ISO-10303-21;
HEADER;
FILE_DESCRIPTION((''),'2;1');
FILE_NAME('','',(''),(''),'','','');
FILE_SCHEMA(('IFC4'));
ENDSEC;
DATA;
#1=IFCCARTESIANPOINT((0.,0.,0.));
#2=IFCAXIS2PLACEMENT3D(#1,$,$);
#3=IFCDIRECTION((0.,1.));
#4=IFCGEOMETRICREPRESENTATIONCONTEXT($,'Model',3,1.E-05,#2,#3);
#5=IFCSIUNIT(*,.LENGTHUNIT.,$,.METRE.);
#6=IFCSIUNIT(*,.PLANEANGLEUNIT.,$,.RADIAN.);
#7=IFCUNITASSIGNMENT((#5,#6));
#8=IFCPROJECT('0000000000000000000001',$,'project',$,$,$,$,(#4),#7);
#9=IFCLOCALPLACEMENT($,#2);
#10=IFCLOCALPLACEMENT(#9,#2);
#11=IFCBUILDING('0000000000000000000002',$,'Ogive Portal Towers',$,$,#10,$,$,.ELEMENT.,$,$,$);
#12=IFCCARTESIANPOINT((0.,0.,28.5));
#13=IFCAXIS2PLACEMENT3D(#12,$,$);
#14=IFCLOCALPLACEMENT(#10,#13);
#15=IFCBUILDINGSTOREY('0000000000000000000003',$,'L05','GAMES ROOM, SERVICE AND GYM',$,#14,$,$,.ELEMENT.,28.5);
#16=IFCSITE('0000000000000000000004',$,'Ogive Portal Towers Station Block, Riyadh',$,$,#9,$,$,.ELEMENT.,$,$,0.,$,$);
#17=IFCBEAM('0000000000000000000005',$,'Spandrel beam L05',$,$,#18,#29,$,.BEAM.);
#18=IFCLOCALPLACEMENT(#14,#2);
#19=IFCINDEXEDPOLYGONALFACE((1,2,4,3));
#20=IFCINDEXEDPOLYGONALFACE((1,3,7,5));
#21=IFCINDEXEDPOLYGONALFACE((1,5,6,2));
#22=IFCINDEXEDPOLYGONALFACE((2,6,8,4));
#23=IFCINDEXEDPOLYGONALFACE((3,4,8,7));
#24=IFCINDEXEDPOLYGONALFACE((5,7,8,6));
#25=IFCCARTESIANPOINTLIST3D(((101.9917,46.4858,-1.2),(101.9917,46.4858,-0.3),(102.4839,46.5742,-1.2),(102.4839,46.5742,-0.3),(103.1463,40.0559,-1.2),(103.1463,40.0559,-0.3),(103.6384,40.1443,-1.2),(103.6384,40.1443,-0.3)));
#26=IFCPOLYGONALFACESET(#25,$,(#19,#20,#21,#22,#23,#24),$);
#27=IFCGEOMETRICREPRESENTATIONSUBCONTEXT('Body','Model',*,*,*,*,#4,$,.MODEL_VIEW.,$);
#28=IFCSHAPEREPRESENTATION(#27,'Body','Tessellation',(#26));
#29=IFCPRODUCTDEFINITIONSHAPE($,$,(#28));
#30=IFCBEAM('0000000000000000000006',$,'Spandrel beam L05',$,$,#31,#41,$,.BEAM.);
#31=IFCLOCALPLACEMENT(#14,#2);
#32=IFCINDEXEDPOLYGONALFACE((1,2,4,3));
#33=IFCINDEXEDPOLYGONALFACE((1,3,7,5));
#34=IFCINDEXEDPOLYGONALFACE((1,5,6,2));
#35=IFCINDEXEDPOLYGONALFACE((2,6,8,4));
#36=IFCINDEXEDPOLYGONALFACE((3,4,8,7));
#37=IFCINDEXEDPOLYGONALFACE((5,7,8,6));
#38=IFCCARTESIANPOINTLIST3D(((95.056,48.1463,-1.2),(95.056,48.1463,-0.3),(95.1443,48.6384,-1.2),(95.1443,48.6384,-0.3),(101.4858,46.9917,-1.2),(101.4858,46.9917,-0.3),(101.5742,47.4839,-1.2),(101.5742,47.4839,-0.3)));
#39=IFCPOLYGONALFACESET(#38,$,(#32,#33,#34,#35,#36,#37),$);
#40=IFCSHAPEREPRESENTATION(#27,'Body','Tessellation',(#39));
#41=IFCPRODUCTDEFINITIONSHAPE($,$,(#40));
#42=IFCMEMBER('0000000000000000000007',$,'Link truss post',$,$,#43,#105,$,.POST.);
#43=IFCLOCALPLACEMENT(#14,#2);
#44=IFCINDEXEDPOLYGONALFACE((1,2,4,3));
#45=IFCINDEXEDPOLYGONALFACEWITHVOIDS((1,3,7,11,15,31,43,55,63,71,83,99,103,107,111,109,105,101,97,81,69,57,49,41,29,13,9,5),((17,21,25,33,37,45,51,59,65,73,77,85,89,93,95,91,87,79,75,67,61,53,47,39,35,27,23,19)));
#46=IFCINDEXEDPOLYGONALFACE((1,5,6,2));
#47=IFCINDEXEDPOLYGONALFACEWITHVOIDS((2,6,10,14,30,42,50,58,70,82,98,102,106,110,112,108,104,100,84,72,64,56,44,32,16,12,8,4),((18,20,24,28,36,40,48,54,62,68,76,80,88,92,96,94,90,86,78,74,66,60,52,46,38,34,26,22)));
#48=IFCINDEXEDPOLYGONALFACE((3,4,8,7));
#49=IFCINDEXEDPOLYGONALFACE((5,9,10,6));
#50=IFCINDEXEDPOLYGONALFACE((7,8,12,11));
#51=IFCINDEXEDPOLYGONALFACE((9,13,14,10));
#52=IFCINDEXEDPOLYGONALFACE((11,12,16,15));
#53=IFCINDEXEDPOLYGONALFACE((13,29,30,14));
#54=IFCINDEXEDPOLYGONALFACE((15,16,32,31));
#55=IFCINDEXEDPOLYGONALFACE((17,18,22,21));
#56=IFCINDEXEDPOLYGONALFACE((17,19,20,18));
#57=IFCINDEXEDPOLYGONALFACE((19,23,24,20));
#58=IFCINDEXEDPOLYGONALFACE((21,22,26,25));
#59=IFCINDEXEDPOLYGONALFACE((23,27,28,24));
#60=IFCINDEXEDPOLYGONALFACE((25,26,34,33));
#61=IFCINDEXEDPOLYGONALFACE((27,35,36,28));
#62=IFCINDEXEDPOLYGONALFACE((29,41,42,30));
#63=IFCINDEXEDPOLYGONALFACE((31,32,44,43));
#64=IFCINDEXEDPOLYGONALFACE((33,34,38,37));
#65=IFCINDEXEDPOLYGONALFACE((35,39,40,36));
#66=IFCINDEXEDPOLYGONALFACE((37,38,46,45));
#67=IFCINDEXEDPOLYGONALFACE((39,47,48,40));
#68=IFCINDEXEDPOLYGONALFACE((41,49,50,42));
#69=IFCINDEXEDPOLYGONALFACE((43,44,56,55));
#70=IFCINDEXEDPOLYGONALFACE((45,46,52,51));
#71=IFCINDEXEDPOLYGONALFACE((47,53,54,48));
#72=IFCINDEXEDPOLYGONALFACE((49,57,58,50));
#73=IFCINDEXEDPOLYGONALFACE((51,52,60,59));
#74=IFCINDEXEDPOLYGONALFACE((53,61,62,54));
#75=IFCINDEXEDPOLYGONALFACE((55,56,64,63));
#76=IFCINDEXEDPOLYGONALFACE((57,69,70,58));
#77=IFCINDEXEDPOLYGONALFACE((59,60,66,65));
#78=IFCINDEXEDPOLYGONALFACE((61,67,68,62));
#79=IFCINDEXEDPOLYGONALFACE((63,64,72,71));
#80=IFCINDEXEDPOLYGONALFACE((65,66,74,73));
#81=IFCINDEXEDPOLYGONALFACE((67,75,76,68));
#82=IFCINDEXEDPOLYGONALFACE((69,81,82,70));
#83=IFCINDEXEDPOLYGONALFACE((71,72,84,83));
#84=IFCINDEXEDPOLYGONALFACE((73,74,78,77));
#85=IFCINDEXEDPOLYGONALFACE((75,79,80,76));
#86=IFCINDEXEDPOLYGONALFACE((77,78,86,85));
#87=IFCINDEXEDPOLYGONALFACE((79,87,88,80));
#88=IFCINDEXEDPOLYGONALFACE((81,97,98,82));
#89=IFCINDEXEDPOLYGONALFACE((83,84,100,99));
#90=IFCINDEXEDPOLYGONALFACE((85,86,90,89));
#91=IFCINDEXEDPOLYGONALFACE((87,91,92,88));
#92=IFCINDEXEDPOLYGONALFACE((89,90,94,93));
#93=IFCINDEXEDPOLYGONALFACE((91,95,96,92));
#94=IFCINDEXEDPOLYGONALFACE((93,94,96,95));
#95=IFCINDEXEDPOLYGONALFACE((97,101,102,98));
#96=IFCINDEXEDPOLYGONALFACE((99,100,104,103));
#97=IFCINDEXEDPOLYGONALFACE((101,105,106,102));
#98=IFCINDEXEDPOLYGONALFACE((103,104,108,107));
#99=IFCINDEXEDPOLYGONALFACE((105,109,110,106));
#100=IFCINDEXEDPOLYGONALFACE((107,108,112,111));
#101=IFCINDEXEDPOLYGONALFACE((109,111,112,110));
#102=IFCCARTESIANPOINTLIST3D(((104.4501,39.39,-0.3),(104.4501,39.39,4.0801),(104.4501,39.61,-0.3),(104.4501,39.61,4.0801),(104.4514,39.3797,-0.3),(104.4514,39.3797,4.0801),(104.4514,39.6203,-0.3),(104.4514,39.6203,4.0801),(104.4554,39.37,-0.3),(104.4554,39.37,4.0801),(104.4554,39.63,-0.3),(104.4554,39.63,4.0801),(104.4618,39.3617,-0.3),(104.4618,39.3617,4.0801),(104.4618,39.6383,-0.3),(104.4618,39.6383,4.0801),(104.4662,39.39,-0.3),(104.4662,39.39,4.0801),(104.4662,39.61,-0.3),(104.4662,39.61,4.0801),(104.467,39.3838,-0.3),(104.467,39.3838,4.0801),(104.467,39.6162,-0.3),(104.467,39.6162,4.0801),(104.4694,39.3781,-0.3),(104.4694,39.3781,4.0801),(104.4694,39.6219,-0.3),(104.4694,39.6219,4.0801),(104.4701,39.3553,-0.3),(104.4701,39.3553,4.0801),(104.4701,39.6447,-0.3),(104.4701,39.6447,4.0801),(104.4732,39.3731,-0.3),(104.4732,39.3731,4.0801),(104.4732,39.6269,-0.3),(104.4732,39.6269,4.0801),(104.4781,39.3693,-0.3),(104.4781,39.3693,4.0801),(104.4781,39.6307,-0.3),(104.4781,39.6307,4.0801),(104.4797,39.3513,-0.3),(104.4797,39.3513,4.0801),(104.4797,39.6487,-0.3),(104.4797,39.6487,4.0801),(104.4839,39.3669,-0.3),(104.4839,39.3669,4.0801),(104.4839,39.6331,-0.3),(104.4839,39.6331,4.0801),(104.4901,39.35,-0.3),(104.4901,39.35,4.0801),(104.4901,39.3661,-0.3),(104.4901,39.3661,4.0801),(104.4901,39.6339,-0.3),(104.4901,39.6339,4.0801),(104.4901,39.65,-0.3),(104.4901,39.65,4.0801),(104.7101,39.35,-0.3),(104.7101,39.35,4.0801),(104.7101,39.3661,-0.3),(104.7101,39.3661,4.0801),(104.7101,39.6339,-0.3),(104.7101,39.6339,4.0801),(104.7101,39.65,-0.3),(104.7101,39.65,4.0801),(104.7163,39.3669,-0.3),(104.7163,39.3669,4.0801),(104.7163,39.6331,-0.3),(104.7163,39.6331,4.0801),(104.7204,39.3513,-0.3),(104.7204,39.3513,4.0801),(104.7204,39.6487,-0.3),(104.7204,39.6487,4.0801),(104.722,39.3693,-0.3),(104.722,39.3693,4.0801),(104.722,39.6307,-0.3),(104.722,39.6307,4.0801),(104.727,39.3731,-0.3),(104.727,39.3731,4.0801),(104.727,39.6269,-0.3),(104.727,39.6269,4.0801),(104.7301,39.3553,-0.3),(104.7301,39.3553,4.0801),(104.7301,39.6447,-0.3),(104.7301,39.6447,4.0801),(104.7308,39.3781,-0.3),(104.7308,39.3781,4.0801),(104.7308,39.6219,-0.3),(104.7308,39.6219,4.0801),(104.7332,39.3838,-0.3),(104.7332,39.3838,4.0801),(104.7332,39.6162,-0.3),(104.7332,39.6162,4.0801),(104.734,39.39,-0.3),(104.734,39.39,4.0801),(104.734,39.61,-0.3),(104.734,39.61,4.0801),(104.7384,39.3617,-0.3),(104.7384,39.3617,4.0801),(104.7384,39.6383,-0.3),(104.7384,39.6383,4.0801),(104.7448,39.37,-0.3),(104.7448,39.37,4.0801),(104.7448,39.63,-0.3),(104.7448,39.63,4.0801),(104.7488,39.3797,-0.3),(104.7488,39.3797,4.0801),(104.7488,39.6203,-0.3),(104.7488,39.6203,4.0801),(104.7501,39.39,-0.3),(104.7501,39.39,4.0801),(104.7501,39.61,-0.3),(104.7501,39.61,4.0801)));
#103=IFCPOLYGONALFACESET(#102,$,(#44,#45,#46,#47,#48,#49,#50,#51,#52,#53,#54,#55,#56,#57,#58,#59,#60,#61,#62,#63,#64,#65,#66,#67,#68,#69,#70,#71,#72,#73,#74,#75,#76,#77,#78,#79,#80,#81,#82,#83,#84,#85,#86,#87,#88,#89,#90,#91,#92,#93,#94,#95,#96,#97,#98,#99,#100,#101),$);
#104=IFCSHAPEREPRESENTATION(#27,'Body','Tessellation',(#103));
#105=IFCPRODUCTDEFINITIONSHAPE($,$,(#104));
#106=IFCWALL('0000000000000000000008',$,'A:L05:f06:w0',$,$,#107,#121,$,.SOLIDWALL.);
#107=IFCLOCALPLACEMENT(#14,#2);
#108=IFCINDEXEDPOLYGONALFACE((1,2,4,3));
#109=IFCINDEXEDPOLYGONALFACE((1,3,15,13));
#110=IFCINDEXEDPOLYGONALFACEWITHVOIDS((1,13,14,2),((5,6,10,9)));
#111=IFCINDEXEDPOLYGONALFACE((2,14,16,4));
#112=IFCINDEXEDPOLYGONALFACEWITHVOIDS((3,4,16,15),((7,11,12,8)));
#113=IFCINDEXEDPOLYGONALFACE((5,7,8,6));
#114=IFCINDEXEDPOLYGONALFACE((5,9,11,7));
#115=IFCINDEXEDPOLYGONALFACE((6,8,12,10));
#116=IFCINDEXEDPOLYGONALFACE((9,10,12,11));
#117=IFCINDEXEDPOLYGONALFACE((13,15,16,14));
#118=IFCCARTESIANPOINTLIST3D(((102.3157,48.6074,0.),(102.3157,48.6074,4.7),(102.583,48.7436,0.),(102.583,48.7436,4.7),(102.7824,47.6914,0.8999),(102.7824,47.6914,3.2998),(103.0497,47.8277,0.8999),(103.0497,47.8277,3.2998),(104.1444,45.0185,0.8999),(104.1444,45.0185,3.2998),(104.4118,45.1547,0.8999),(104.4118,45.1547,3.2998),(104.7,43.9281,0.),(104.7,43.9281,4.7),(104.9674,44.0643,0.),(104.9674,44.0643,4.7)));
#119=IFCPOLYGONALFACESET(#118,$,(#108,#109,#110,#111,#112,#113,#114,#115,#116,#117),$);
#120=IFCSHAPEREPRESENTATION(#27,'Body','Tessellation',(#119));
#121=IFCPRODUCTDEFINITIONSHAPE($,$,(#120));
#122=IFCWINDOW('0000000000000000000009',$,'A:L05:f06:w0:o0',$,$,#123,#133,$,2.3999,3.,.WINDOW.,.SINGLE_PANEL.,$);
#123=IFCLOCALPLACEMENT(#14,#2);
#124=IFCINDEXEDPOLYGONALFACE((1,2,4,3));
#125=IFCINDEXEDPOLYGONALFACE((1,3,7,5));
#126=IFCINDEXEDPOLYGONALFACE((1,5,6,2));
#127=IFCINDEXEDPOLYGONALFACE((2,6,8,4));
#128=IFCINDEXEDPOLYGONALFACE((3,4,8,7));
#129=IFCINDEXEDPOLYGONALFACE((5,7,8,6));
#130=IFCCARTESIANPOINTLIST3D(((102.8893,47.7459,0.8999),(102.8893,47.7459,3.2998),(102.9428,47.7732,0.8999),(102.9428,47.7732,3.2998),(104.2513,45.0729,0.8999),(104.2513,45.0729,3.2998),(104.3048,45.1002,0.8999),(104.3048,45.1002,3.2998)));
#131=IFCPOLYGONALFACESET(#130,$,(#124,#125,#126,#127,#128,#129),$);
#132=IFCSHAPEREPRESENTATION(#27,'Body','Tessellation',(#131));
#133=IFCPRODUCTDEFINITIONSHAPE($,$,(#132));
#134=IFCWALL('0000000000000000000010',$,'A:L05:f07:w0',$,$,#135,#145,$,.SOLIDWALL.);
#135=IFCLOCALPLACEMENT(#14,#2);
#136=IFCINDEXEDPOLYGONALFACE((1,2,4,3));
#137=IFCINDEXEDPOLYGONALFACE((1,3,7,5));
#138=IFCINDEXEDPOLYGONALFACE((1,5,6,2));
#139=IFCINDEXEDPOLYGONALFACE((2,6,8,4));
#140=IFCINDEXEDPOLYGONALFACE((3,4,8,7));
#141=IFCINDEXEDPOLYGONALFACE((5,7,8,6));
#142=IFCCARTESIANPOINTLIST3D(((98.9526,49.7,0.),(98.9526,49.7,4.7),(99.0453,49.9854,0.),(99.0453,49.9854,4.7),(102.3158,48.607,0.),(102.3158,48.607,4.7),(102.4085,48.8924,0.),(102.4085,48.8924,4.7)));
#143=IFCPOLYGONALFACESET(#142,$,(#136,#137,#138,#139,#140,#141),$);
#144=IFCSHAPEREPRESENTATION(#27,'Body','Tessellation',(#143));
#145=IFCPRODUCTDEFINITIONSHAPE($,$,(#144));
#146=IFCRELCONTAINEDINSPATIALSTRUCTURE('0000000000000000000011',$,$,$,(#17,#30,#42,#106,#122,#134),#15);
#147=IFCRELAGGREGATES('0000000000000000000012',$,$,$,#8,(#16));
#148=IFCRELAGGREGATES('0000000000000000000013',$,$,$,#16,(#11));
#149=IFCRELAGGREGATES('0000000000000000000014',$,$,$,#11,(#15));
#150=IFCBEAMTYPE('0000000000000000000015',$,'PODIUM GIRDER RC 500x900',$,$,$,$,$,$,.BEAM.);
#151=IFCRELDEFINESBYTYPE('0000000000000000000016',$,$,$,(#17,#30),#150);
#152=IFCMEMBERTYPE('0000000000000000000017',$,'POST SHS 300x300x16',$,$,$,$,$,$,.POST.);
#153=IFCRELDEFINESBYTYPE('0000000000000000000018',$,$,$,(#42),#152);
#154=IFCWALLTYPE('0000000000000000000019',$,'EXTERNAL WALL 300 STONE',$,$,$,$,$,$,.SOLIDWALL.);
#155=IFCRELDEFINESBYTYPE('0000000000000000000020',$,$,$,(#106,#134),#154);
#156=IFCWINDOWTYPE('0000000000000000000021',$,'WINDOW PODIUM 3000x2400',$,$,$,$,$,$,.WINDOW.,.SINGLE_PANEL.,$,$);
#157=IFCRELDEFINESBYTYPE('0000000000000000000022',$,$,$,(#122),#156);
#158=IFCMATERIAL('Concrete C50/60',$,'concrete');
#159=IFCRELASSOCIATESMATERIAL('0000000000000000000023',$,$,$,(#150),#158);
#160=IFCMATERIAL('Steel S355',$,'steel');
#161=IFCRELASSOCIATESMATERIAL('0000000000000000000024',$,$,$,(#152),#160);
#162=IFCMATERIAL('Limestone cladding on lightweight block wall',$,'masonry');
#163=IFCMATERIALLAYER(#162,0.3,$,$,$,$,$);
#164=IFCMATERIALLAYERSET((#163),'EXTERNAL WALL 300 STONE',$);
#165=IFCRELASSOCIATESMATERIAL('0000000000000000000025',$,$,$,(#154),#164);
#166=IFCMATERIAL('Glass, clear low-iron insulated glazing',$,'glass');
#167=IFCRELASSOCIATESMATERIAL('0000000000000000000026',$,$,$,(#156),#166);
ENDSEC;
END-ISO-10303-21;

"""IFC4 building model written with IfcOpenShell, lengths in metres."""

from ifc_helpers import new_model, si_unit, direction, frame, frame_2d, origin, origin_2d, place, context, subcontext, project, spatial, rectangle, hollow_rectangle, extrude, material, layer, layer_set, material_profile, profile_set, type_object, element, fill, save


model = new_model("IFC4")

# Units and contexts
model_context = context("Model", 3, precision=1e-05, world=origin(), true_north=direction((0.0, 1.0)))
body_context = subcontext(model_context, "Body", "Model", "MODEL_VIEW")
ifc_project = project(units=[si_unit("LENGTHUNIT", "METRE"), si_unit("PLANEANGLEUNIT", "RADIAN")], contexts=[model_context])

# Site, building, storey
site_placement = place(None, origin())
site = spatial("IfcSite", under=ifc_project, at=site_placement, Name="Ogive Portal Towers Station Block, Riyadh", CompositionType="ELEMENT", RefElevation=0.0)
building_placement = place(site_placement, origin())
building = spatial("IfcBuilding", under=site, at=building_placement, Name="Ogive Portal Towers", CompositionType="ELEMENT")
storey_placement = place(building_placement, frame((0.0, 0.0, 28.5)))
storey = spatial("IfcBuildingStorey", under=building, at=storey_placement, Name="L05", Description="GAMES ROOM, SERVICE AND GYM", CompositionType="ELEMENT", Elevation=28.5)

# Shared definitions
ifc_material_1 = material(Name="Concrete C50/60", Category="concrete")

# Shared definitions
ifc_material_2 = material(Name="Steel S355", Category="steel")

# Beams
ifc_material_profile_1 = material_profile(ifc_material_1, rectangle(XDim=0.5, YDim=0.8999, at=origin_2d()), Name="RC 500x900")
ifc_profile_set_1 = profile_set([ifc_material_profile_1], Name="Concrete C50/60")
beam_type = type_object("IfcBeamType", Name="PODIUM GIRDER RC 500x900", PredefinedType="BEAM", material=ifc_profile_set_1)
for number, where, z_axis, x_axis, name in (
    (1, (103.3923, 40.1001, -0.75), (-0.176731, 0.984259, 0.0), (-0.984259, -0.176731, 0.0), "Spandrel beam L05"),
    (2, (101.53, 47.2378, -0.75), (-0.984259, 0.176731, 0.0), (-0.176731, -0.984259, 0.0), "Spandrel beam L05"),
):
    element("IfcBeam", number, at=place(storey_placement, frame(where, z_axis=z_axis, x_axis=x_axis)), inside=storey, type_object=beam_type, Name=name, PredefinedType="BEAM", context=body_context, shape_type="SweptSolid", body=[
        extrude(rectangle(XDim=0.5, YDim=0.8999, at=origin_2d()), origin(), (0.0, 0.0, 1.0), 6.5327),
    ])

# Member
ifc_material_profile_2 = material_profile(ifc_material_2, hollow_rectangle(XDim=0.3, YDim=0.3, WallThickness=0.0161, InnerFilletRadius=0.0239, OuterFilletRadius=0.04, at=origin_2d()), Name="SHS 300x300x16")
ifc_profile_set_2 = profile_set([ifc_material_profile_2], Name="Steel S355")
member_type_1 = type_object("IfcMemberType", Name="POST SHS 300x300x16", PredefinedType="POST", material=ifc_profile_set_2)
member_1_placement = place(storey_placement, frame((104.6001, 39.5, -0.3), z_axis=(0.0, 0.0, 1.0), x_axis=(1.0, 0.0, 0.0)))
element("IfcMember", 3, at=member_1_placement, inside=storey, type_object=member_type_1, Name="Link truss post", PredefinedType="POST", context=body_context, shape_type="SweptSolid", body=[
    extrude(hollow_rectangle(XDim=0.3, YDim=0.3, WallThickness=0.0161, InnerFilletRadius=0.0239, OuterFilletRadius=0.04, at=origin_2d()), origin(), (0.0, 0.0, 1.0), 4.3801),
])

# Wall, opening, window
ifc_material_3 = material(Name="Limestone cladding on lightweight block wall", Category="masonry")
ifc_layer_1 = layer(ifc_material_3, 0.3)
ifc_layer_set_1 = layer_set([ifc_layer_1], Name="EXTERNAL WALL 300 STONE")
wall_type_1 = type_object("IfcWallType", Name="EXTERNAL WALL 300 STONE", PredefinedType="SOLIDWALL", material=ifc_layer_set_1)
wall_1_placement = place(storey_placement, frame((104.8337, 43.9961, 0.0), z_axis=(0.0, 0.0, 1.0), x_axis=(-0.454007, 0.890998, 0.0)))
wall_1 = element("IfcWall", 4, at=wall_1_placement, inside=storey, type_object=wall_type_1, Name="A:L05:f06:w0", PredefinedType="SOLIDWALL", context=body_context, shape_type="SweptSolid", body=[
    extrude(rectangle(XDim=5.2517, YDim=0.3, at=frame_2d((2.626, 0.0))), origin(), (0.0, 0.0, 1.0), 4.7),
])
opening_1_placement = place(wall_1_placement, frame((1.2239, 0.0, 0.8999)))
opening_1 = element("IfcOpeningElement", 5, at=opening_1_placement, cuts=wall_1, PredefinedType="OPENING", context=body_context, shape_type="SweptSolid", body=[
    extrude(rectangle(XDim=3.0, YDim=2.3999, at=frame_2d((1.5, 1.2))), frame((0.0, 0.1602, 0.0), z_axis=(0.0, -1.0, 0.0), x_axis=(1.0, 0.0, 0.0)), (0.0, 0.0, 1.0), 0.3201),
])
ifc_material_4 = material(Name="Glass, clear low-iron insulated glazing", Category="glass")
window_type = type_object("IfcWindowType", Name="WINDOW PODIUM 3000x2400", PartitioningType="SINGLE_PANEL", PredefinedType="WINDOW", material=ifc_material_4)
window_1_placement = place(opening_1_placement, origin())
window_1 = element("IfcWindow", 6, at=window_1_placement, inside=storey, type_object=window_type, Name="A:L05:f06:w0:o0", OverallHeight=2.3999, OverallWidth=3.0, PartitioningType="SINGLE_PANEL", PredefinedType="WINDOW", context=body_context, shape_type="SweptSolid", body=[
    extrude(rectangle(XDim=3.0, YDim=2.3999, at=frame_2d((1.5, 1.2))), frame((0.0, 0.03, 0.0), z_axis=(0.0, -1.0, 0.0), x_axis=(1.0, 0.0, 0.0)), (0.0, 0.0, 1.0), 0.0601),
])
fill(opening_1, window_1)

# Wall
wall_2_placement = place(storey_placement, frame((102.3621, 48.7498, 0.0), z_axis=(0.0, 0.0, 1.0), x_axis=(-0.951038, 0.309074, 0.0)))
element("IfcWall", 7, at=wall_2_placement, inside=storey, type_object=wall_type_1, Name="A:L05:f07:w0", PredefinedType="SOLIDWALL", context=body_context, shape_type="SweptSolid", body=[
    extrude(rectangle(XDim=3.5364, YDim=0.3, at=frame_2d((1.7681, 0.0))), origin(), (0.0, 0.0, 1.0), 4.7),
])

save(model, "model.ifc")
